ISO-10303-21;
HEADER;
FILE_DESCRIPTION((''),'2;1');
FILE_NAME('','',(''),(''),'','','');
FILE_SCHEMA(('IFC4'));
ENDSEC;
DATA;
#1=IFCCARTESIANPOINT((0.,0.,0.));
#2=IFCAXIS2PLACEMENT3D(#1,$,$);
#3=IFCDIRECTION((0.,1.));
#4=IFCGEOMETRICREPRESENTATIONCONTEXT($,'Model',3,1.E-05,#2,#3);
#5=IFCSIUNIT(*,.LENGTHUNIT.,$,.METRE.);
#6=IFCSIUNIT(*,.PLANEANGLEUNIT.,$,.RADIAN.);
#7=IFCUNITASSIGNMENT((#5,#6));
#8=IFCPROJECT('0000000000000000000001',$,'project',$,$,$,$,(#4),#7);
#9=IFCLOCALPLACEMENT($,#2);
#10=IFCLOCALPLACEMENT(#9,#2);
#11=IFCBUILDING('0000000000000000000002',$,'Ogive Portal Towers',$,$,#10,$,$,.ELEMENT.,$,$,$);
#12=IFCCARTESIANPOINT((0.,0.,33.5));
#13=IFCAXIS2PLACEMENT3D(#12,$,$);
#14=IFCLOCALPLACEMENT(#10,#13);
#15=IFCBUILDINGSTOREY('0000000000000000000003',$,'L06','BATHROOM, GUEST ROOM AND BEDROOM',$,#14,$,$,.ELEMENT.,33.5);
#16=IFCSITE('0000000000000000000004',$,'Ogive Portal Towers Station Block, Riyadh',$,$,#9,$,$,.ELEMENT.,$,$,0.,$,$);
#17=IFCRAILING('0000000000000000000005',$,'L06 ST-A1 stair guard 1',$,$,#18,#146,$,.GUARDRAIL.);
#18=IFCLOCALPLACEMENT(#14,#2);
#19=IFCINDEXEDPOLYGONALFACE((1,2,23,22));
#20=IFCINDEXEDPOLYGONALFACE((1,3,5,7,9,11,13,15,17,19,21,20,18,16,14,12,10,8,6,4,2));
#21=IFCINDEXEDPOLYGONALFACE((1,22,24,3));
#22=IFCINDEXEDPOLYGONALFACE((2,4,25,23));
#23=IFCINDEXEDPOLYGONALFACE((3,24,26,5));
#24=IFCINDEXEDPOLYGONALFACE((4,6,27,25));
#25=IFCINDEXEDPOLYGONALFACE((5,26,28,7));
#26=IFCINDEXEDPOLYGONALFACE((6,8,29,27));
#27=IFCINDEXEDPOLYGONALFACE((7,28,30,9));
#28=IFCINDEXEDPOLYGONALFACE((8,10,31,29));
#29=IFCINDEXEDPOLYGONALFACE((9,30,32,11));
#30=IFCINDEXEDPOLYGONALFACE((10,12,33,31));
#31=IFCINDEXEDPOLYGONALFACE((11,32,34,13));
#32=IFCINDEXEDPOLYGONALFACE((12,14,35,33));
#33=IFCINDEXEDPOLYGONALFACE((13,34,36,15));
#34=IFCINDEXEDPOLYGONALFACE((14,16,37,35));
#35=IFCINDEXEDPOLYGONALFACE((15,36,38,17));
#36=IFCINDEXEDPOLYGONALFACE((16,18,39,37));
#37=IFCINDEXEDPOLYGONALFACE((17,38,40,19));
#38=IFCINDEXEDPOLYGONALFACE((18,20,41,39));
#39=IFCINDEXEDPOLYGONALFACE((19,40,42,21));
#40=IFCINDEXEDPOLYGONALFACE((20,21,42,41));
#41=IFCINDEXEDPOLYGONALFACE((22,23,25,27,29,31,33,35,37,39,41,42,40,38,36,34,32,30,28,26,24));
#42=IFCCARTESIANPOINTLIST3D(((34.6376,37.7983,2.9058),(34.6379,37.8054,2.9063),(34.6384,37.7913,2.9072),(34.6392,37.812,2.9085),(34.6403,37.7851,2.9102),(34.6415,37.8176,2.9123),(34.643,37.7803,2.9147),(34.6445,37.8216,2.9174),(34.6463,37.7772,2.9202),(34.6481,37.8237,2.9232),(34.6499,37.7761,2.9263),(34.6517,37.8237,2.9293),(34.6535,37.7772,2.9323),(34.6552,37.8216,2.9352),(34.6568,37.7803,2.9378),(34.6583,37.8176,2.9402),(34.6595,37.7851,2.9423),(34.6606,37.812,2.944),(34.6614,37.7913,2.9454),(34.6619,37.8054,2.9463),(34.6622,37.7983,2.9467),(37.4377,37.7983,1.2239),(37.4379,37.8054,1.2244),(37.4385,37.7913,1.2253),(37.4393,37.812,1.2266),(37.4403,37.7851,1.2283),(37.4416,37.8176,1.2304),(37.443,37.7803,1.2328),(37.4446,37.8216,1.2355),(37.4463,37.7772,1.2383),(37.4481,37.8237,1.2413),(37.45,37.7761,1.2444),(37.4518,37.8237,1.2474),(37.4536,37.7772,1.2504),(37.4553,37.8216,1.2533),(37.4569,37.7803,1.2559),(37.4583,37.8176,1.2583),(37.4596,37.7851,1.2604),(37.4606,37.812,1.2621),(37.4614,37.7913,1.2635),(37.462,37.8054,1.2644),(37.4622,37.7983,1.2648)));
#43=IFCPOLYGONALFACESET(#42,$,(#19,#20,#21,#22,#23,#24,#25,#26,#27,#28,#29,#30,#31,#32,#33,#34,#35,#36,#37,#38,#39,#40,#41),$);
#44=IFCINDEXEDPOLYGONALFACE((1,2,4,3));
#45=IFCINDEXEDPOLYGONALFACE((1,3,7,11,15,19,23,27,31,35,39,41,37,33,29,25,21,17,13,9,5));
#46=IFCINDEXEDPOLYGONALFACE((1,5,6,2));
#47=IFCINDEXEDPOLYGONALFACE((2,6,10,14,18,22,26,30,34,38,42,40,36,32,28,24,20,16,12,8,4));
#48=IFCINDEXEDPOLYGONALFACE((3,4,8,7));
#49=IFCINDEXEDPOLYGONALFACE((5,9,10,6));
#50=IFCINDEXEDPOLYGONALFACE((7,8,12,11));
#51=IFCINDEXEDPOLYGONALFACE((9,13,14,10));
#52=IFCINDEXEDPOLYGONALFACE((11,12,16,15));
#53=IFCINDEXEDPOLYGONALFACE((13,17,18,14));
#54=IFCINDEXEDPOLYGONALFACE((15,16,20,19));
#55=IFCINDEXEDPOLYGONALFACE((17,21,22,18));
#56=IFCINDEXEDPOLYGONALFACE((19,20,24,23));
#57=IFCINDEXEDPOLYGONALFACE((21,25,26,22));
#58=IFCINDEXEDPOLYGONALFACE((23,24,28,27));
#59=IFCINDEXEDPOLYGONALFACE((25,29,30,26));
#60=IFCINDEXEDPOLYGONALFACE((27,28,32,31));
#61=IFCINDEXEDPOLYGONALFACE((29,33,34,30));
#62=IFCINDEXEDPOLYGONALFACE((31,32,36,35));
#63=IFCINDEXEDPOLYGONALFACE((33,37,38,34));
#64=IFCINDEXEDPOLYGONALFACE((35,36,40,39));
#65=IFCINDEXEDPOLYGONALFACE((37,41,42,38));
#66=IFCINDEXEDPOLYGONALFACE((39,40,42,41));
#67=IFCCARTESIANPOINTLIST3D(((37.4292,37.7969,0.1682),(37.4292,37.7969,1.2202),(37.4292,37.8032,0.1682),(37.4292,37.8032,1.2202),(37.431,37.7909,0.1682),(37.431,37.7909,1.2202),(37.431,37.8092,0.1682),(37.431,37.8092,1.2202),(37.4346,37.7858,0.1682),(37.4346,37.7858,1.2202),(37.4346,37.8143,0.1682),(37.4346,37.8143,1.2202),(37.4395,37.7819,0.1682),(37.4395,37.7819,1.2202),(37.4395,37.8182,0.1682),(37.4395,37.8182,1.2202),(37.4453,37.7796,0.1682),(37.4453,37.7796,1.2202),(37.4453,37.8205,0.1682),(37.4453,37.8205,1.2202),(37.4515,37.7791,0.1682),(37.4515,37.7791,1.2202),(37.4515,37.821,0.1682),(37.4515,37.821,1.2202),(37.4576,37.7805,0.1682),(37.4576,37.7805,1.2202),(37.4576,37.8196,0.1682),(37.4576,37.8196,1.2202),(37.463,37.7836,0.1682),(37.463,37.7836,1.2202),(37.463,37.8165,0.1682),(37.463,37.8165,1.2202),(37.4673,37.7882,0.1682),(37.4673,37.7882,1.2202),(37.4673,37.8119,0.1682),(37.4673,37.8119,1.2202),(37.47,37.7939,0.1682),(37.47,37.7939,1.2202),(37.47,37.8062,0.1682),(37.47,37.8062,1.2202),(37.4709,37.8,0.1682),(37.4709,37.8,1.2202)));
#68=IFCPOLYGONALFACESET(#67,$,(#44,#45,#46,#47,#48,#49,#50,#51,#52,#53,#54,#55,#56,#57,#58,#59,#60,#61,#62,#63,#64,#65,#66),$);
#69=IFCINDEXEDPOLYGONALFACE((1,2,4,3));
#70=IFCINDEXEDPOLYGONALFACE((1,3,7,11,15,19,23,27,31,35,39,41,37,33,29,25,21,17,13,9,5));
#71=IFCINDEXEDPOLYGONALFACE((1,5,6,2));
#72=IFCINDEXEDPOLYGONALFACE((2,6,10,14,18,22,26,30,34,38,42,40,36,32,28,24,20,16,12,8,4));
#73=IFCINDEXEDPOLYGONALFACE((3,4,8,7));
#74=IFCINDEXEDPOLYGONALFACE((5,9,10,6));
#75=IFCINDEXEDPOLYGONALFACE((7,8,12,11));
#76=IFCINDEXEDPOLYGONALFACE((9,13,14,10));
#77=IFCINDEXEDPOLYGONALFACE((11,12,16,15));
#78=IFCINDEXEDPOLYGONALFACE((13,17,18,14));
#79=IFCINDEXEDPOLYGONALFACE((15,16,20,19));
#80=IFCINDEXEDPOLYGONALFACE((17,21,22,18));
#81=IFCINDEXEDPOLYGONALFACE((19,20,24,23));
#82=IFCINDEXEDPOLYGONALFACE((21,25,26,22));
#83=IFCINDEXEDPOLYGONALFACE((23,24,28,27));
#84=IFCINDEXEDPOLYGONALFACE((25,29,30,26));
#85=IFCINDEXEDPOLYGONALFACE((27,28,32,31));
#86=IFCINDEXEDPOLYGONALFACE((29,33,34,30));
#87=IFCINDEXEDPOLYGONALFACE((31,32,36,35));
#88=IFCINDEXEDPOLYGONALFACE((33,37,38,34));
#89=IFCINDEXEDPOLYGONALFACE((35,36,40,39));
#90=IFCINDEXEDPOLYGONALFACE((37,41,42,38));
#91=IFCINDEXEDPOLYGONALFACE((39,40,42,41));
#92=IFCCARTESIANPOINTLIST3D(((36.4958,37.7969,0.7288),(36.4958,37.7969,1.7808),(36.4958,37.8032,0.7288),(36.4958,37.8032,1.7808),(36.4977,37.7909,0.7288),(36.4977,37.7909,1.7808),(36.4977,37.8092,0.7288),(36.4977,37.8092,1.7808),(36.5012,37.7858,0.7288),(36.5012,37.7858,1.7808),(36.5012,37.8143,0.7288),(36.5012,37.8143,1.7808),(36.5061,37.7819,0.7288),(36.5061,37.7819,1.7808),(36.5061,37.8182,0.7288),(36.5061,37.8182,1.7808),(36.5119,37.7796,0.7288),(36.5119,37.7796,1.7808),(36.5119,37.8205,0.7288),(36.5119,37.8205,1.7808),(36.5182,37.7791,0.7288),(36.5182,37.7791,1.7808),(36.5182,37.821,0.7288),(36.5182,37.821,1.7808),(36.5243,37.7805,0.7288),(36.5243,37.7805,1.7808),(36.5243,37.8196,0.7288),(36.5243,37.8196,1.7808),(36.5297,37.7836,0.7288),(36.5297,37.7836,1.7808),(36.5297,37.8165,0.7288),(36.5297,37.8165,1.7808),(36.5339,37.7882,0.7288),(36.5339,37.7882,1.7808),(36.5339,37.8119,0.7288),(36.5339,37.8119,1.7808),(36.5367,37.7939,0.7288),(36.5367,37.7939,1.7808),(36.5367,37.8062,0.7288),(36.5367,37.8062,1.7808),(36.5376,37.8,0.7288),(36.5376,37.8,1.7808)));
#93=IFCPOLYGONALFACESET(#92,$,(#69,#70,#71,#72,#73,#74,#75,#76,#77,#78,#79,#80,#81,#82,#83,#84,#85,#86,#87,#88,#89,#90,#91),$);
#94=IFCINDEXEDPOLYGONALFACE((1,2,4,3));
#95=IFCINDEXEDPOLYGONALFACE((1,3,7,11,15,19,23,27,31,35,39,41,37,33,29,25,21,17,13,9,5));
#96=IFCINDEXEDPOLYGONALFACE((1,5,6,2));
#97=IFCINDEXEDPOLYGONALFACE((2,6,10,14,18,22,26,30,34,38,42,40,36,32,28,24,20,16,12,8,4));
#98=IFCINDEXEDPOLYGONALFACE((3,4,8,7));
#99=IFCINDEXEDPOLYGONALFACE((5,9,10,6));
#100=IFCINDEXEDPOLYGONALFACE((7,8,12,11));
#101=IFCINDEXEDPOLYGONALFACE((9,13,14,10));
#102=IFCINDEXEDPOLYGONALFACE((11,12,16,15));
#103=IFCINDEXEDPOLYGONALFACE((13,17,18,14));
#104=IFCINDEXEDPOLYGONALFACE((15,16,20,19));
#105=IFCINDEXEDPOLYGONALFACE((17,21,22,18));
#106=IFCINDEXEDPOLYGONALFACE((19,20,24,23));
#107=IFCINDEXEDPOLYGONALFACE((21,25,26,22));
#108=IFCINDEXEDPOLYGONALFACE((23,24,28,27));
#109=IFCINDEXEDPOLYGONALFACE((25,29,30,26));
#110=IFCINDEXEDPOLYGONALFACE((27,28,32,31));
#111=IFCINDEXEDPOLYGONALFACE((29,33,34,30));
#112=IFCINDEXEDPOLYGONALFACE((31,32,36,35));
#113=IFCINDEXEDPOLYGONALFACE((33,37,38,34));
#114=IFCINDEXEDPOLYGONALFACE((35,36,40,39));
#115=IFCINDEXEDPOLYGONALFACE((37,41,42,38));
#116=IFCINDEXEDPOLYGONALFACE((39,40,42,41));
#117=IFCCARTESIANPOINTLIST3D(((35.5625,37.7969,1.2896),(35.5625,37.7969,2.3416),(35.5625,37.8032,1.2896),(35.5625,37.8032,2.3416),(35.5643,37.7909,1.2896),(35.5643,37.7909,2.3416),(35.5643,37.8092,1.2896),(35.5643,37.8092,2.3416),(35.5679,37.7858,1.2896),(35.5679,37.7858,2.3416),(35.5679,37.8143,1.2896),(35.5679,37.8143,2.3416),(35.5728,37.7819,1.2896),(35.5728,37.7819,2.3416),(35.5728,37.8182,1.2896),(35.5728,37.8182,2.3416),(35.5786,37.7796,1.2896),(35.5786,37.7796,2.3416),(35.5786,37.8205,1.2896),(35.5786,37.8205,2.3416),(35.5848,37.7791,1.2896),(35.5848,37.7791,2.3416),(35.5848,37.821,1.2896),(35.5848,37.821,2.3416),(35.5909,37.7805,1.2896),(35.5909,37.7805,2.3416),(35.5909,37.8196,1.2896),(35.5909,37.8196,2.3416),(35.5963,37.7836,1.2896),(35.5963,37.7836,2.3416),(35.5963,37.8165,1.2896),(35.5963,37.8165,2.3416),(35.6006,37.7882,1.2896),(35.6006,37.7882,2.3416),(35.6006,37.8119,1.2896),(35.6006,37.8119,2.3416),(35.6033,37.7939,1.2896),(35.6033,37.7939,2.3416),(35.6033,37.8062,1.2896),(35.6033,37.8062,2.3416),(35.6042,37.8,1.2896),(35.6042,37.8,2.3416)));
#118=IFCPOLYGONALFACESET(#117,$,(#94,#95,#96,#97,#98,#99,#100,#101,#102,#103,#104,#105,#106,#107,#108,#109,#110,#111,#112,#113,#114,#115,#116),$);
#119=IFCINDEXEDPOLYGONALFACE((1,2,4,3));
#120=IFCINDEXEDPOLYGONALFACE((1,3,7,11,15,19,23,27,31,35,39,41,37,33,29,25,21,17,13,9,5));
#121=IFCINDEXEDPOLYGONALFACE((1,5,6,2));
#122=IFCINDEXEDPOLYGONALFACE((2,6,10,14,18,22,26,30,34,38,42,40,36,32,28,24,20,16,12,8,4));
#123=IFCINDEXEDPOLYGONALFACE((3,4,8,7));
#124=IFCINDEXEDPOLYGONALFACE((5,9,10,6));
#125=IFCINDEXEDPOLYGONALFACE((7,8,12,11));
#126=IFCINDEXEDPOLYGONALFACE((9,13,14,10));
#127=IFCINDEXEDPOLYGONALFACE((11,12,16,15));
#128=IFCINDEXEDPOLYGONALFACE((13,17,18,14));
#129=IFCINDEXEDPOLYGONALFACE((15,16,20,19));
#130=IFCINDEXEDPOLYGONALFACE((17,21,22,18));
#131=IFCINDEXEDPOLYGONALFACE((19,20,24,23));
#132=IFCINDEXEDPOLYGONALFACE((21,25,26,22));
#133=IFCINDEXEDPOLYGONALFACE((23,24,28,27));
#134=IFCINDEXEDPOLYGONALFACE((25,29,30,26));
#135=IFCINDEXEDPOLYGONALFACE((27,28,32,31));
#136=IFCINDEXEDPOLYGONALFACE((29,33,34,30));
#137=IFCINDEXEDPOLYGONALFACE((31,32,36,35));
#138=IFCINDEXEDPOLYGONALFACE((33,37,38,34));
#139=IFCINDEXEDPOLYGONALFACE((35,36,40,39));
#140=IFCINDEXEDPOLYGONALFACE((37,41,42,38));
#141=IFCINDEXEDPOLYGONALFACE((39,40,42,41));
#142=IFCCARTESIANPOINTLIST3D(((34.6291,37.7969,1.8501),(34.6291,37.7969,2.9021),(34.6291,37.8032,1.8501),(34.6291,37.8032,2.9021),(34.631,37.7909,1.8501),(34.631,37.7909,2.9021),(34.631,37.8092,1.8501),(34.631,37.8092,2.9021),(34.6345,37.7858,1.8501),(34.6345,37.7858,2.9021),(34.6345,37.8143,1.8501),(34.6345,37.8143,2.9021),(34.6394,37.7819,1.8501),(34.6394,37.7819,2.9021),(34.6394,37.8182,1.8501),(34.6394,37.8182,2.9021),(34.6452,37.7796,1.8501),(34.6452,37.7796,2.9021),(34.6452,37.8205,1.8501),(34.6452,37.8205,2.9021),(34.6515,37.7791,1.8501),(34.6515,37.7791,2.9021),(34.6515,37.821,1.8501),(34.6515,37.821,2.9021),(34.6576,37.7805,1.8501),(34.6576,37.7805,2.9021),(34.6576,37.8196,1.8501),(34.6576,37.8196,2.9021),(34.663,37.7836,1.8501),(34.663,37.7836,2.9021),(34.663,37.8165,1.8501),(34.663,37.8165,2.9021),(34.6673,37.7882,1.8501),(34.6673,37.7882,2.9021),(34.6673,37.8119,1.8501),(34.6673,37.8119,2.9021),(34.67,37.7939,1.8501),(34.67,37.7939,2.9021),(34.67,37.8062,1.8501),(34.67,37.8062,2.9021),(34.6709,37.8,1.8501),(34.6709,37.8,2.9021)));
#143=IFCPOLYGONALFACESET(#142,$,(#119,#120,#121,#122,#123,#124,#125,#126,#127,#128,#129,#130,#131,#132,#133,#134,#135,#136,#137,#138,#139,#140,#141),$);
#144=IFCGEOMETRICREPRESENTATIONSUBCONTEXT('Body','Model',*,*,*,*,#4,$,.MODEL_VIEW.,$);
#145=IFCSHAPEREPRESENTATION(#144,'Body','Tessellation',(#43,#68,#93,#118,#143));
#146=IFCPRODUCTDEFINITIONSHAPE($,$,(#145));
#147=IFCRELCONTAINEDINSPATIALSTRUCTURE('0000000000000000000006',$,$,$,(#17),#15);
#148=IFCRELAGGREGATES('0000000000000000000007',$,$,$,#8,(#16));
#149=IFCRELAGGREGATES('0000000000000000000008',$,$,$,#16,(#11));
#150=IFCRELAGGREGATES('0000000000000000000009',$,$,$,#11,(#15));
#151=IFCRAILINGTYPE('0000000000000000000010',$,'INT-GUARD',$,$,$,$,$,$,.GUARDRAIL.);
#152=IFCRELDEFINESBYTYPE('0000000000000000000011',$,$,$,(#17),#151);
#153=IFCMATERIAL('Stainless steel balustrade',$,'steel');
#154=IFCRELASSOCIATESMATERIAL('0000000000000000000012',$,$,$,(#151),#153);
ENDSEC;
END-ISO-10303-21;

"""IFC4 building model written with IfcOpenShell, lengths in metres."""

from ifc_helpers import new_model, si_unit, direction, frame, origin, origin_2d, place, context, subcontext, project, spatial, circle, extrude, material, type_object, element, save


model = new_model("IFC4")

# Units and contexts
model_context = context("Model", 3, precision=1e-05, world=origin(), true_north=direction((0.0, 1.0)))
body_context = subcontext(model_context, "Body", "Model", "MODEL_VIEW")
ifc_project = project(units=[si_unit("LENGTHUNIT", "METRE"), si_unit("PLANEANGLEUNIT", "RADIAN")], contexts=[model_context])

# Site, building, storey
site_placement = place(None, origin())
site = spatial("IfcSite", under=ifc_project, at=site_placement, Name="Ogive Portal Towers Station Block, Riyadh", CompositionType="ELEMENT", RefElevation=0.0)
building_placement = place(site_placement, origin())
building = spatial("IfcBuilding", under=site, at=building_placement, Name="Ogive Portal Towers", CompositionType="ELEMENT")
storey_placement = place(building_placement, frame((0.0, 0.0, 33.5)))
storey = spatial("IfcBuildingStorey", under=building, at=storey_placement, Name="L06", Description="BATHROOM, GUEST ROOM AND BEDROOM", CompositionType="ELEMENT", Elevation=33.5)

# Railing
ifc_material_1 = material(Name="Stainless steel balustrade", Category="steel")
railing_type_1 = type_object("IfcRailingType", Name="INT-GUARD", PredefinedType="GUARDRAIL", material=ifc_material_1)
railing_1_placement = place(storey_placement, frame((37.45, 37.8, 0.1682)))
element("IfcRailing", 1, at=railing_1_placement, inside=storey, type_object=railing_type_1, Name="L06 ST-A1 stair guard 1", PredefinedType="GUARDRAIL", context=body_context, shape_type="SweptSolid", body=[
    extrude(circle(Radius=0.0239, at=origin_2d()), frame((0.0, 0.0, 1.0762), z_axis=(-0.857242, 0.0, 0.514913), x_axis=(0.0, -1.0, 0.0)), (0.0, 0.0, 1.0), 3.2664),
    extrude(circle(Radius=0.021, at=origin_2d()), origin(), (0.0, 0.0, 1.0), 1.052),
    extrude(circle(Radius=0.021, at=origin_2d()), frame((-0.9333, 0.0, 0.5605)), (0.0, 0.0, 1.0), 1.052),
    extrude(circle(Radius=0.021, at=origin_2d()), frame((-1.8667, 0.0, 1.1213)), (0.0, 0.0, 1.0), 1.052),
    extrude(circle(Radius=0.021, at=origin_2d()), frame((-2.8, 0.0, 1.6819)), (0.0, 0.0, 1.0), 1.052),
])

save(model, "model.ifc")
